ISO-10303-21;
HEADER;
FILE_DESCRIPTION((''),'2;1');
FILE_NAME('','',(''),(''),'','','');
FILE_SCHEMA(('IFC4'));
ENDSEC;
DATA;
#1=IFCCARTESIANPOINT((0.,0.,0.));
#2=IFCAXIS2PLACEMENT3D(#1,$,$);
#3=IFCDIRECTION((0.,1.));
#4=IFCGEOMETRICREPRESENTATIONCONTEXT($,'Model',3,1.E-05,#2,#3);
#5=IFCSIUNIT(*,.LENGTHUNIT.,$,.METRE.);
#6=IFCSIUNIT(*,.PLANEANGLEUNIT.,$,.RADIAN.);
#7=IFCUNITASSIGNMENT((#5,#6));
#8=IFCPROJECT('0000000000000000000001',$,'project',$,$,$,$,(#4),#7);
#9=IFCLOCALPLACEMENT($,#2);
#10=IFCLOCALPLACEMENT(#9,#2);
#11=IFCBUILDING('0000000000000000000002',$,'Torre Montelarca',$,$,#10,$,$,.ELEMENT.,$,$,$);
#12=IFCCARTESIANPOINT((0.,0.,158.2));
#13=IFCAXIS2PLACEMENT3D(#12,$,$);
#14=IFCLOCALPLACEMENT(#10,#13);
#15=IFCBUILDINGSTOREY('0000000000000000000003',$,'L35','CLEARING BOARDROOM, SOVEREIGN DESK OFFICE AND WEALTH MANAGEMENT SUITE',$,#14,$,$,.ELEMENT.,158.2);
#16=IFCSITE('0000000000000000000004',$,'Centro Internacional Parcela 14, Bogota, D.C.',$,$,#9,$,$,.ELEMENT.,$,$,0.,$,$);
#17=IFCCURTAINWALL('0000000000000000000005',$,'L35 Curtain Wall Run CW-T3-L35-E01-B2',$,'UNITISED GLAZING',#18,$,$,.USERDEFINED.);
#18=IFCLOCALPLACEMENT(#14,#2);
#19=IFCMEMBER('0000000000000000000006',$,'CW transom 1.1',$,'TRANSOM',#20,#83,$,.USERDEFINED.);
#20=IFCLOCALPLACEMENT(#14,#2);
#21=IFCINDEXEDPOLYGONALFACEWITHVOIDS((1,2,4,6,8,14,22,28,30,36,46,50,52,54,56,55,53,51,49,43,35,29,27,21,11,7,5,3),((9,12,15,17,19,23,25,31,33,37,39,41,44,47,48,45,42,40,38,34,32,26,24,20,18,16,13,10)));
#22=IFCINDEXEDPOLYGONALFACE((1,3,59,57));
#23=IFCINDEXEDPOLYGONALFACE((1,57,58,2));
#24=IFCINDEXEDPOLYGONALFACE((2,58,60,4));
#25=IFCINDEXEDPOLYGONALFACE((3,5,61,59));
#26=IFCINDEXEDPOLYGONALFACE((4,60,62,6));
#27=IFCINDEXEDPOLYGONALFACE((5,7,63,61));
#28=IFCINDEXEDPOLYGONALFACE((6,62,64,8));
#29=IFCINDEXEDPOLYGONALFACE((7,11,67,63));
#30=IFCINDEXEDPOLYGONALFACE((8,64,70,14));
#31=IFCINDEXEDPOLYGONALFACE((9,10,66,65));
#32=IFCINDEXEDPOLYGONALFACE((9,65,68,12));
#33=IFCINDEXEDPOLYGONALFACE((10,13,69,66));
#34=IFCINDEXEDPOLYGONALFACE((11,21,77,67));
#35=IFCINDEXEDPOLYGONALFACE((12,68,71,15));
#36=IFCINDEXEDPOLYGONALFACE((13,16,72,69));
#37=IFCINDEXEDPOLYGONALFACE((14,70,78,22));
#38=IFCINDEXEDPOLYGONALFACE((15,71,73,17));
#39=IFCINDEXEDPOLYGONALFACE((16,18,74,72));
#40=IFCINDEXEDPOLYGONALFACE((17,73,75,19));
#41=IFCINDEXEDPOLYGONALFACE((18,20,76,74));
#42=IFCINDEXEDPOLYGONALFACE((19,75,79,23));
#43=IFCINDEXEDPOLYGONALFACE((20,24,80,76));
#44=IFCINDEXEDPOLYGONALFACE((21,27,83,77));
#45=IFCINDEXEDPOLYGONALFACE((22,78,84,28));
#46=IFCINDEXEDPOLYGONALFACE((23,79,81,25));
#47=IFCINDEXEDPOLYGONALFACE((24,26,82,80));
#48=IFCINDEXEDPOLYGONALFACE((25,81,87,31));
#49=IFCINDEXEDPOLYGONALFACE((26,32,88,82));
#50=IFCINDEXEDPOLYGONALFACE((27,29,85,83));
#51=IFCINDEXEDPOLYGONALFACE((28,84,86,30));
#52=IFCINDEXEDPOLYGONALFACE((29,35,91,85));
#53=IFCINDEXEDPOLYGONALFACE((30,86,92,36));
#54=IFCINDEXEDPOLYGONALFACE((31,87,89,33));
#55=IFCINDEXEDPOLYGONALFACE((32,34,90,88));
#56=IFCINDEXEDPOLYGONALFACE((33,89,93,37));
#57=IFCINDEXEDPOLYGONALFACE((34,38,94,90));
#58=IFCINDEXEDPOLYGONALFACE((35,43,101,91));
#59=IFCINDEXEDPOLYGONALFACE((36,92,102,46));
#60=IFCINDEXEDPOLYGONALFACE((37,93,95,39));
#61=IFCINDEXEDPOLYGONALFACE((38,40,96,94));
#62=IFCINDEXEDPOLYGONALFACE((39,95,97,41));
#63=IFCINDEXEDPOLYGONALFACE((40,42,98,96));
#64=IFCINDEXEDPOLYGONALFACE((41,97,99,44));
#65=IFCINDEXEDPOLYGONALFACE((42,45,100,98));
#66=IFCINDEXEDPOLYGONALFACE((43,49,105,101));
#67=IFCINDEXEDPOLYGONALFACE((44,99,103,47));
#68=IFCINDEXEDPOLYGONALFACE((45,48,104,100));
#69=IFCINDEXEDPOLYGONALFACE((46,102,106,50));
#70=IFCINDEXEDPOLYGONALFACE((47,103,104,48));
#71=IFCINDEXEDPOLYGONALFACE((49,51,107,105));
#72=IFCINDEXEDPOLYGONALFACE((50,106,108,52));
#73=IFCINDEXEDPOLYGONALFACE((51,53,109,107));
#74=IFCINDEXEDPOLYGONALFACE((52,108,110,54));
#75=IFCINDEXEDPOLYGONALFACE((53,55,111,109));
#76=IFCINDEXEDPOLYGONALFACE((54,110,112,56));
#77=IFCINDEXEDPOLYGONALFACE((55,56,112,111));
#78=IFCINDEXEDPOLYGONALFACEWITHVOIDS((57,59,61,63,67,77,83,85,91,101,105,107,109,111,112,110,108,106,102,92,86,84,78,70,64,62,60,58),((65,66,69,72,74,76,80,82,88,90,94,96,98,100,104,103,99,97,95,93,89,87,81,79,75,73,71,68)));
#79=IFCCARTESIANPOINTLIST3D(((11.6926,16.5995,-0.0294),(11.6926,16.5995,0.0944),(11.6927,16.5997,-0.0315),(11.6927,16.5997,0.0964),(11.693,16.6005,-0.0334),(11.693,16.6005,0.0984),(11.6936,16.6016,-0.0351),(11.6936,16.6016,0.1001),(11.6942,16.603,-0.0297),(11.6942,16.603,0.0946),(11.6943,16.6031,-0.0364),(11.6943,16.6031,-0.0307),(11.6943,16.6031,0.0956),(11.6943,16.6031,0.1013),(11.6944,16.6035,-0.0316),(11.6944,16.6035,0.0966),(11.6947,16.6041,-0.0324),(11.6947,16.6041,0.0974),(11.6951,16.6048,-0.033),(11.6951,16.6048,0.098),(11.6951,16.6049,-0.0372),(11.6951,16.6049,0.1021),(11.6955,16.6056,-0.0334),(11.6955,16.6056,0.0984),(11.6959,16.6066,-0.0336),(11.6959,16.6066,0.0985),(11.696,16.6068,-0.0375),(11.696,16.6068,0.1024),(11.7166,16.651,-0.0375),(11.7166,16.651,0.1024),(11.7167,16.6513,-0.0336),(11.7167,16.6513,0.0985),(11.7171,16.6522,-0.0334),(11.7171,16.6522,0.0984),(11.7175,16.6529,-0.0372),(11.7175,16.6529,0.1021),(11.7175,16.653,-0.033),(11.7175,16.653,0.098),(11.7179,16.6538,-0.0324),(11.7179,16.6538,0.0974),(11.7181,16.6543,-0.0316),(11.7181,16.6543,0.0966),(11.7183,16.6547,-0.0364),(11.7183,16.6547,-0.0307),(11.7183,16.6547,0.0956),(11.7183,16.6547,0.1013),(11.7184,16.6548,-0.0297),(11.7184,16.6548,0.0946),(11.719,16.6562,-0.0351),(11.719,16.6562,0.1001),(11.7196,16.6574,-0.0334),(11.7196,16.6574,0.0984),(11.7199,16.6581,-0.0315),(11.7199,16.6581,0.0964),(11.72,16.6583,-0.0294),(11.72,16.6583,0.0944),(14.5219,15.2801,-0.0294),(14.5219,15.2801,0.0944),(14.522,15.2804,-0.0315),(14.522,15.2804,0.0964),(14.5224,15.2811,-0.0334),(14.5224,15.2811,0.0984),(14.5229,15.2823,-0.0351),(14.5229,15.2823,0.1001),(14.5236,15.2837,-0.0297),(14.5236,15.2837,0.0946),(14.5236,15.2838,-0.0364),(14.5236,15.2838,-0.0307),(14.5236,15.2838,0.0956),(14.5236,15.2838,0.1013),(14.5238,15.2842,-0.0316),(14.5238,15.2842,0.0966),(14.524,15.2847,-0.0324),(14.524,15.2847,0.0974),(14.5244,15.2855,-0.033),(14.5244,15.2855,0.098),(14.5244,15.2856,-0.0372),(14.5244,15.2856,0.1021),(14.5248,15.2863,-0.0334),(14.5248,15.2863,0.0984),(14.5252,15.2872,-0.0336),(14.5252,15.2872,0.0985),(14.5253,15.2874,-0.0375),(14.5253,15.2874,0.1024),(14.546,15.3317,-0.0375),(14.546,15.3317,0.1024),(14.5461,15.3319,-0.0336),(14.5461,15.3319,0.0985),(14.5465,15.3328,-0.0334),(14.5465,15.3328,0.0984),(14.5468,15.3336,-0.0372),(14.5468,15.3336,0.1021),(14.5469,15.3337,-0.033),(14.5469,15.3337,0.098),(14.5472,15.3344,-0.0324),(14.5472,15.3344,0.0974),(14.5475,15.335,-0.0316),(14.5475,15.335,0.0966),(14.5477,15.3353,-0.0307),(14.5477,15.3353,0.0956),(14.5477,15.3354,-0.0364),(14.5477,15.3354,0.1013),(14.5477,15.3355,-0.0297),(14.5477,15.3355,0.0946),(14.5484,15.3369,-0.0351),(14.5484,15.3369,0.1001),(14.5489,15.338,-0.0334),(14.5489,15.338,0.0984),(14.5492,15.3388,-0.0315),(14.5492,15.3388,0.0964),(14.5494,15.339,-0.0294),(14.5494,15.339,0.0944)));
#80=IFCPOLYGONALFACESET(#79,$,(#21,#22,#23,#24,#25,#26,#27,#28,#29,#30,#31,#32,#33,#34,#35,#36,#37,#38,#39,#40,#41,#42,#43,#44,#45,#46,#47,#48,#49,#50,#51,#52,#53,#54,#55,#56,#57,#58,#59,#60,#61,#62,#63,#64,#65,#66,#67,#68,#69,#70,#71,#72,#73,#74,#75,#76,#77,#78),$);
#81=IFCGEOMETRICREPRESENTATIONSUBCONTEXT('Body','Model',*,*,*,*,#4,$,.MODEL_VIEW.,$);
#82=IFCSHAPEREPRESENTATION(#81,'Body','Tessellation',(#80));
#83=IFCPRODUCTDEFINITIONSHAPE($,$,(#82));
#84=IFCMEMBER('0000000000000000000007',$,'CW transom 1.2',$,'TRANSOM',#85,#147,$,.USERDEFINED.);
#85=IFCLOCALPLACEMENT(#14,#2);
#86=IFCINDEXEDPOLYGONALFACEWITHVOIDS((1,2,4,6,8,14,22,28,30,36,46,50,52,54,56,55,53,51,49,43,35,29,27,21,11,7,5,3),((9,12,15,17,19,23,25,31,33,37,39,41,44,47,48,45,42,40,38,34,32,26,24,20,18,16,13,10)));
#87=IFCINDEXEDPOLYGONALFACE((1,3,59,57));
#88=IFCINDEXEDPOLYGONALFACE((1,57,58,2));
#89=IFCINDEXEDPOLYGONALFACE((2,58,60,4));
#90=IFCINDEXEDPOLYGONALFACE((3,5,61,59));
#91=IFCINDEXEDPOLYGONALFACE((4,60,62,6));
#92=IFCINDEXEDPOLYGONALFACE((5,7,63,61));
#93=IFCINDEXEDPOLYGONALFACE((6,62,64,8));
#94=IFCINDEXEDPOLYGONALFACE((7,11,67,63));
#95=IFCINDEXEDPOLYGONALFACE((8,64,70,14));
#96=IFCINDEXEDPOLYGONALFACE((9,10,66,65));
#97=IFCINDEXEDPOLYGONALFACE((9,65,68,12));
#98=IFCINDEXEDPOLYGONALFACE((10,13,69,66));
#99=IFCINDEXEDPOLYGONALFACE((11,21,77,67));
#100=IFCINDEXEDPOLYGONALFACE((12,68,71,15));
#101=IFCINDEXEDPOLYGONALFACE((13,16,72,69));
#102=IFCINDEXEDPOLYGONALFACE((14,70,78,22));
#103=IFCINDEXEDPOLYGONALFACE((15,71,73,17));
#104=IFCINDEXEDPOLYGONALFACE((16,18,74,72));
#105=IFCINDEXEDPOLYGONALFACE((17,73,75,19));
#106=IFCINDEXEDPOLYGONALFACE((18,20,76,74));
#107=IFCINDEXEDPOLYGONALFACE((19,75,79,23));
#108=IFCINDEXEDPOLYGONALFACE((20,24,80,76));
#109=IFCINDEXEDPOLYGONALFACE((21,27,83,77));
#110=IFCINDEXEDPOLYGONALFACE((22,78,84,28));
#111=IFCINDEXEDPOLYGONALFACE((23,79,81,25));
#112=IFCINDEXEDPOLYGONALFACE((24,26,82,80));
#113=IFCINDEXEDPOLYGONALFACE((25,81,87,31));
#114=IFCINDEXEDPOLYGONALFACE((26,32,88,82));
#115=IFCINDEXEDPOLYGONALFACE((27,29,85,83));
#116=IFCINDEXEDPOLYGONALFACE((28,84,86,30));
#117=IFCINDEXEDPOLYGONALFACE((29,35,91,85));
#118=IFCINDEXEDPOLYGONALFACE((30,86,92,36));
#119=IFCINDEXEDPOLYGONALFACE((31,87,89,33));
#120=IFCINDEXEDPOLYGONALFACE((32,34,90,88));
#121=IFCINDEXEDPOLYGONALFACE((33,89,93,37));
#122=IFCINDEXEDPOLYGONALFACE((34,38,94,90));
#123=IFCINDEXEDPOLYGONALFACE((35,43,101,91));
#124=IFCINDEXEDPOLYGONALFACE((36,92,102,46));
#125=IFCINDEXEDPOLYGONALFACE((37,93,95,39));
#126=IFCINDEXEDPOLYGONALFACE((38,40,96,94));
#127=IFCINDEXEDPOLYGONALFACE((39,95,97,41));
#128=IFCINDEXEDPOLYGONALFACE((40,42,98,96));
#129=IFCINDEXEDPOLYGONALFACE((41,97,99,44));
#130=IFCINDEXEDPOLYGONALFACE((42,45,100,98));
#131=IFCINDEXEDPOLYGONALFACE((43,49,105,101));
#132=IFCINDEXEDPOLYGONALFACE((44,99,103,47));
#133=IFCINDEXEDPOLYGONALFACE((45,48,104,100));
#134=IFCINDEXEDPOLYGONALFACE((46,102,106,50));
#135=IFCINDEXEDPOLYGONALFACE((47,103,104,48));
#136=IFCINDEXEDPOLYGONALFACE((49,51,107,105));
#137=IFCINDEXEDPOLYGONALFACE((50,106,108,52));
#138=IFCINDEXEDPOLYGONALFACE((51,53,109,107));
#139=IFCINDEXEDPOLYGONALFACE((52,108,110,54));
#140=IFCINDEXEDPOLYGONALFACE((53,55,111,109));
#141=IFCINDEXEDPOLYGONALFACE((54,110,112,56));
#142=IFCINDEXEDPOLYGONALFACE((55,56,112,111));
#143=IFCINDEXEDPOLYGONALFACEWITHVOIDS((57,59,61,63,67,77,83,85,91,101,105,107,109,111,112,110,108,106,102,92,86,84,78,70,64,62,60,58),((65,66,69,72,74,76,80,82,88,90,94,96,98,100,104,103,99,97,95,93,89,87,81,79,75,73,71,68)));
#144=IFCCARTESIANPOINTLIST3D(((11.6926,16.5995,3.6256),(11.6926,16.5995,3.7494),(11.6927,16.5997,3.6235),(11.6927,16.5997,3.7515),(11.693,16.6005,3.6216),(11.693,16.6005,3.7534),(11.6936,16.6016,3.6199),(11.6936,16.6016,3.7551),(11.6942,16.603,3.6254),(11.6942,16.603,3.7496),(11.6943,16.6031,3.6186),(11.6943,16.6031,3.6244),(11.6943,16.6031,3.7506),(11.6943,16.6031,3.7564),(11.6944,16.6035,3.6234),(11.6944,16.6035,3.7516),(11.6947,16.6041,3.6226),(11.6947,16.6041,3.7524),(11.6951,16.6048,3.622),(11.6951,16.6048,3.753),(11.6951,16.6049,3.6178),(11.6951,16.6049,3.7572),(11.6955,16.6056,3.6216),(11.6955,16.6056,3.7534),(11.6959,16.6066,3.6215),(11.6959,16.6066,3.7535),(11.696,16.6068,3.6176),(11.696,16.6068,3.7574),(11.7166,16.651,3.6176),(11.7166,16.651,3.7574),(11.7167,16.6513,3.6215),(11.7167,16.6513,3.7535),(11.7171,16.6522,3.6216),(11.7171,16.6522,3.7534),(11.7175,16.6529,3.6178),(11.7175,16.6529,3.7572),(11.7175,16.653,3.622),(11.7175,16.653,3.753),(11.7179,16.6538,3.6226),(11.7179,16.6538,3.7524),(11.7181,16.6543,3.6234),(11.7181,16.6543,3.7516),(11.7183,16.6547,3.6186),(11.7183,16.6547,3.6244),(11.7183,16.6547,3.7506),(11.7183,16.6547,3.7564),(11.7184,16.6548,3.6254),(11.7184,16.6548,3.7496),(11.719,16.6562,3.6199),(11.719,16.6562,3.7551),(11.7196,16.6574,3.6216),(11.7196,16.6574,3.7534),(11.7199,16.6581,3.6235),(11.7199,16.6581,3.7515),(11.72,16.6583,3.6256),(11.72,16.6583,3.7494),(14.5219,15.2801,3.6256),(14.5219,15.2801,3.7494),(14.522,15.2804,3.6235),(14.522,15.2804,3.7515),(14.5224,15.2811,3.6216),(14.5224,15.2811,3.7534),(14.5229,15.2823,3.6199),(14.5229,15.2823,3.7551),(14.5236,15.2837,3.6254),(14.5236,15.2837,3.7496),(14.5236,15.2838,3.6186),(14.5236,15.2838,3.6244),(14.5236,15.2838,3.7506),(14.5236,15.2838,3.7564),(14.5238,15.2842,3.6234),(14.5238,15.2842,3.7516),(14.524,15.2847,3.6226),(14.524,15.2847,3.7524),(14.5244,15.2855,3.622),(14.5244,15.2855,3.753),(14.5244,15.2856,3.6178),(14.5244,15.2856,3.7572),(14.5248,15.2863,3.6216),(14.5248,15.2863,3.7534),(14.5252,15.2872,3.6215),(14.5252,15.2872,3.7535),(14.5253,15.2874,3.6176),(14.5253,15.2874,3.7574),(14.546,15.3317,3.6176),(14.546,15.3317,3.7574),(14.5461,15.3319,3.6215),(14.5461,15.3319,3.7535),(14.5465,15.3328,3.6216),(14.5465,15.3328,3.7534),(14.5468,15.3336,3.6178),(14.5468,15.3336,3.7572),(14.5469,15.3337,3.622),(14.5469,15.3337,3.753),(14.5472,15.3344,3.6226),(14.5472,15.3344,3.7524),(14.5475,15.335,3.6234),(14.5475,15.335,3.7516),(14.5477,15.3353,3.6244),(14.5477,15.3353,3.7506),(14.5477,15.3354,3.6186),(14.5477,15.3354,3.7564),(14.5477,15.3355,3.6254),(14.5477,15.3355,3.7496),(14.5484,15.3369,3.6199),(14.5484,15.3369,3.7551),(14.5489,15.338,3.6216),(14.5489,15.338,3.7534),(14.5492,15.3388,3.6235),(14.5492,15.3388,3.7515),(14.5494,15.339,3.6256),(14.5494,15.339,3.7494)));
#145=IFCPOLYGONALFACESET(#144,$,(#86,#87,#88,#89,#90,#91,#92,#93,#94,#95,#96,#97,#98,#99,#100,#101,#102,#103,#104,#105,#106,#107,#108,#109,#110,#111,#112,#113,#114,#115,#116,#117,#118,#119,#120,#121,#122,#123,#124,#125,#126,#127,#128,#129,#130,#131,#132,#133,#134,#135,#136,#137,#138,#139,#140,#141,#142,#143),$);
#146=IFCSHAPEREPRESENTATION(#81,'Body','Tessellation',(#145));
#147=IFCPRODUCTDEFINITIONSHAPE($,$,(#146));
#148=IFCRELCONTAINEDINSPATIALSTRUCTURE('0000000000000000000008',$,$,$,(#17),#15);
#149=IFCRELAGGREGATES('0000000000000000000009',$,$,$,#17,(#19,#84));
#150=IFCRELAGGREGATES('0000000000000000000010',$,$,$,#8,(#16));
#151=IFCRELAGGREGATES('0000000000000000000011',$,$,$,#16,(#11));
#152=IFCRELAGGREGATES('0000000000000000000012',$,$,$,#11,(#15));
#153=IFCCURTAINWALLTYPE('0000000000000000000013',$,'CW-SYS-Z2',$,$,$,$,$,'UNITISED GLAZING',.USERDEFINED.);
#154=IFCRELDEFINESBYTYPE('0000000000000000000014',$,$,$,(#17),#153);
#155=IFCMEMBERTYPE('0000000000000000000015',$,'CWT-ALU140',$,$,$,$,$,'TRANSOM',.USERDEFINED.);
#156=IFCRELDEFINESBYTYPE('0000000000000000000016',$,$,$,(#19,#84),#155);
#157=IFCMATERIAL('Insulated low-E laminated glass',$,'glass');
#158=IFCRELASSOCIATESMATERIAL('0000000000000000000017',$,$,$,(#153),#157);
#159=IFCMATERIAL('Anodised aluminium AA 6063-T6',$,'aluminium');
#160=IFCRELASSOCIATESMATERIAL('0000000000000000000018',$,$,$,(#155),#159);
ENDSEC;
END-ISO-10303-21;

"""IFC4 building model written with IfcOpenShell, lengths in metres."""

from ifc_helpers import new_model, si_unit, direction, frame, origin, origin_2d, place, context, subcontext, project, spatial, hollow_rectangle, extrude, source, transform, mapped, material, material_profile, profile_set, type_object, element, aggregate, save


model = new_model("IFC4")

# Units and contexts
model_context = context("Model", 3, precision=1e-05, world=origin(), true_north=direction((0.0, 1.0)))
body_context = subcontext(model_context, "Body", "Model", "MODEL_VIEW")
ifc_project = project(units=[si_unit("LENGTHUNIT", "METRE"), si_unit("PLANEANGLEUNIT", "RADIAN")], contexts=[model_context])

# Site, building, storey
site_placement = place(None, origin())
site = spatial("IfcSite", under=ifc_project, at=site_placement, Name="Centro Internacional Parcela 14, Bogota, D.C.", CompositionType="ELEMENT", RefElevation=0.0)
building_placement = place(site_placement, origin())
building = spatial("IfcBuilding", under=site, at=building_placement, Name="Torre Montelarca", CompositionType="ELEMENT")
storey_placement = place(building_placement, frame((0.0, 0.0, 158.2)))
storey = spatial("IfcBuildingStorey", under=building, at=storey_placement, Name="L35", Description="CLEARING BOARDROOM, SOVEREIGN DESK OFFICE AND WEALTH MANAGEMENT SUITE", CompositionType="ELEMENT", Elevation=158.2)

# Shared definitions
ifc_material_1 = material(Name="Insulated low-E laminated glass", Category="glass")
curtain_wall_type = type_object("IfcCurtainWallType", Name="CW-SYS-Z2", ElementType="UNITISED GLAZING", PredefinedType="USERDEFINED", material=ifc_material_1)
ifc_material_2 = material(Name="Anodised aluminium AA 6063-T6", Category="aluminium")

# Curtain wall
curtain_wall_1_placement = place(storey_placement, origin())
curtain_wall_1 = element("IfcCurtainWall", 1, at=curtain_wall_1_placement, inside=storey, type_object=curtain_wall_type, Name="L35 Curtain Wall Run CW-T3-L35-E01-B2", ObjectType="UNITISED GLAZING", PredefinedType="USERDEFINED")

# Members
ifc_material_profile_1 = material_profile(ifc_material_2, hollow_rectangle(XDim=0.0649, YDim=0.1399, WallThickness=0.0039, InnerFilletRadius=0.0039, OuterFilletRadius=0.0081, at=origin_2d()), Name="ALU65X140X4", Category="aluminium")
ifc_profile_set_1 = profile_set([ifc_material_profile_1], Name="Anodised aluminium AA 6063-T6")
member_type_1 = type_object("IfcMemberType", Name="CWT-ALU140", ElementType="TRANSOM", PredefinedType="USERDEFINED", material=ifc_profile_set_1)
shared_shape_1 = source(origin(), body_context, "Body", "SweptSolid", [
    extrude(hollow_rectangle(XDim=0.0649, YDim=0.1399, WallThickness=0.0039, InnerFilletRadius=0.0039, OuterFilletRadius=0.0081, at=origin_2d()), origin(), (0.0, 0.0, 1.0), 3.1218),
])
member_1_placement = place(storey_placement, frame((11.7063, 16.6289, 0.0325), z_axis=(0.906309, -0.422616, 0.0), x_axis=(0.422616, 0.906309, 0.0)))
member_1 = element("IfcMember", 2, at=member_1_placement, type_object=member_type_1, Name="CW transom 1.1", ObjectType="TRANSOM", PredefinedType="USERDEFINED", context=body_context, shape_type="MappedRepresentation", body=[
    mapped(shared_shape_1, transform((0.0, 0.0, 0.0), scale=1.0)),
])
member_2_placement = place(storey_placement, frame((11.7063, 16.6289, 3.6875), z_axis=(0.906309, -0.422616, 0.0), x_axis=(0.422616, 0.906309, 0.0)))
member_2 = element("IfcMember", 3, at=member_2_placement, type_object=member_type_1, Name="CW transom 1.2", ObjectType="TRANSOM", PredefinedType="USERDEFINED", context=body_context, shape_type="MappedRepresentation", body=[
    mapped(shared_shape_1, transform((0.0, 0.0, 0.0), scale=1.0)),
])

aggregate(curtain_wall_1, [member_1, member_2])

save(model, "model.ifc")
